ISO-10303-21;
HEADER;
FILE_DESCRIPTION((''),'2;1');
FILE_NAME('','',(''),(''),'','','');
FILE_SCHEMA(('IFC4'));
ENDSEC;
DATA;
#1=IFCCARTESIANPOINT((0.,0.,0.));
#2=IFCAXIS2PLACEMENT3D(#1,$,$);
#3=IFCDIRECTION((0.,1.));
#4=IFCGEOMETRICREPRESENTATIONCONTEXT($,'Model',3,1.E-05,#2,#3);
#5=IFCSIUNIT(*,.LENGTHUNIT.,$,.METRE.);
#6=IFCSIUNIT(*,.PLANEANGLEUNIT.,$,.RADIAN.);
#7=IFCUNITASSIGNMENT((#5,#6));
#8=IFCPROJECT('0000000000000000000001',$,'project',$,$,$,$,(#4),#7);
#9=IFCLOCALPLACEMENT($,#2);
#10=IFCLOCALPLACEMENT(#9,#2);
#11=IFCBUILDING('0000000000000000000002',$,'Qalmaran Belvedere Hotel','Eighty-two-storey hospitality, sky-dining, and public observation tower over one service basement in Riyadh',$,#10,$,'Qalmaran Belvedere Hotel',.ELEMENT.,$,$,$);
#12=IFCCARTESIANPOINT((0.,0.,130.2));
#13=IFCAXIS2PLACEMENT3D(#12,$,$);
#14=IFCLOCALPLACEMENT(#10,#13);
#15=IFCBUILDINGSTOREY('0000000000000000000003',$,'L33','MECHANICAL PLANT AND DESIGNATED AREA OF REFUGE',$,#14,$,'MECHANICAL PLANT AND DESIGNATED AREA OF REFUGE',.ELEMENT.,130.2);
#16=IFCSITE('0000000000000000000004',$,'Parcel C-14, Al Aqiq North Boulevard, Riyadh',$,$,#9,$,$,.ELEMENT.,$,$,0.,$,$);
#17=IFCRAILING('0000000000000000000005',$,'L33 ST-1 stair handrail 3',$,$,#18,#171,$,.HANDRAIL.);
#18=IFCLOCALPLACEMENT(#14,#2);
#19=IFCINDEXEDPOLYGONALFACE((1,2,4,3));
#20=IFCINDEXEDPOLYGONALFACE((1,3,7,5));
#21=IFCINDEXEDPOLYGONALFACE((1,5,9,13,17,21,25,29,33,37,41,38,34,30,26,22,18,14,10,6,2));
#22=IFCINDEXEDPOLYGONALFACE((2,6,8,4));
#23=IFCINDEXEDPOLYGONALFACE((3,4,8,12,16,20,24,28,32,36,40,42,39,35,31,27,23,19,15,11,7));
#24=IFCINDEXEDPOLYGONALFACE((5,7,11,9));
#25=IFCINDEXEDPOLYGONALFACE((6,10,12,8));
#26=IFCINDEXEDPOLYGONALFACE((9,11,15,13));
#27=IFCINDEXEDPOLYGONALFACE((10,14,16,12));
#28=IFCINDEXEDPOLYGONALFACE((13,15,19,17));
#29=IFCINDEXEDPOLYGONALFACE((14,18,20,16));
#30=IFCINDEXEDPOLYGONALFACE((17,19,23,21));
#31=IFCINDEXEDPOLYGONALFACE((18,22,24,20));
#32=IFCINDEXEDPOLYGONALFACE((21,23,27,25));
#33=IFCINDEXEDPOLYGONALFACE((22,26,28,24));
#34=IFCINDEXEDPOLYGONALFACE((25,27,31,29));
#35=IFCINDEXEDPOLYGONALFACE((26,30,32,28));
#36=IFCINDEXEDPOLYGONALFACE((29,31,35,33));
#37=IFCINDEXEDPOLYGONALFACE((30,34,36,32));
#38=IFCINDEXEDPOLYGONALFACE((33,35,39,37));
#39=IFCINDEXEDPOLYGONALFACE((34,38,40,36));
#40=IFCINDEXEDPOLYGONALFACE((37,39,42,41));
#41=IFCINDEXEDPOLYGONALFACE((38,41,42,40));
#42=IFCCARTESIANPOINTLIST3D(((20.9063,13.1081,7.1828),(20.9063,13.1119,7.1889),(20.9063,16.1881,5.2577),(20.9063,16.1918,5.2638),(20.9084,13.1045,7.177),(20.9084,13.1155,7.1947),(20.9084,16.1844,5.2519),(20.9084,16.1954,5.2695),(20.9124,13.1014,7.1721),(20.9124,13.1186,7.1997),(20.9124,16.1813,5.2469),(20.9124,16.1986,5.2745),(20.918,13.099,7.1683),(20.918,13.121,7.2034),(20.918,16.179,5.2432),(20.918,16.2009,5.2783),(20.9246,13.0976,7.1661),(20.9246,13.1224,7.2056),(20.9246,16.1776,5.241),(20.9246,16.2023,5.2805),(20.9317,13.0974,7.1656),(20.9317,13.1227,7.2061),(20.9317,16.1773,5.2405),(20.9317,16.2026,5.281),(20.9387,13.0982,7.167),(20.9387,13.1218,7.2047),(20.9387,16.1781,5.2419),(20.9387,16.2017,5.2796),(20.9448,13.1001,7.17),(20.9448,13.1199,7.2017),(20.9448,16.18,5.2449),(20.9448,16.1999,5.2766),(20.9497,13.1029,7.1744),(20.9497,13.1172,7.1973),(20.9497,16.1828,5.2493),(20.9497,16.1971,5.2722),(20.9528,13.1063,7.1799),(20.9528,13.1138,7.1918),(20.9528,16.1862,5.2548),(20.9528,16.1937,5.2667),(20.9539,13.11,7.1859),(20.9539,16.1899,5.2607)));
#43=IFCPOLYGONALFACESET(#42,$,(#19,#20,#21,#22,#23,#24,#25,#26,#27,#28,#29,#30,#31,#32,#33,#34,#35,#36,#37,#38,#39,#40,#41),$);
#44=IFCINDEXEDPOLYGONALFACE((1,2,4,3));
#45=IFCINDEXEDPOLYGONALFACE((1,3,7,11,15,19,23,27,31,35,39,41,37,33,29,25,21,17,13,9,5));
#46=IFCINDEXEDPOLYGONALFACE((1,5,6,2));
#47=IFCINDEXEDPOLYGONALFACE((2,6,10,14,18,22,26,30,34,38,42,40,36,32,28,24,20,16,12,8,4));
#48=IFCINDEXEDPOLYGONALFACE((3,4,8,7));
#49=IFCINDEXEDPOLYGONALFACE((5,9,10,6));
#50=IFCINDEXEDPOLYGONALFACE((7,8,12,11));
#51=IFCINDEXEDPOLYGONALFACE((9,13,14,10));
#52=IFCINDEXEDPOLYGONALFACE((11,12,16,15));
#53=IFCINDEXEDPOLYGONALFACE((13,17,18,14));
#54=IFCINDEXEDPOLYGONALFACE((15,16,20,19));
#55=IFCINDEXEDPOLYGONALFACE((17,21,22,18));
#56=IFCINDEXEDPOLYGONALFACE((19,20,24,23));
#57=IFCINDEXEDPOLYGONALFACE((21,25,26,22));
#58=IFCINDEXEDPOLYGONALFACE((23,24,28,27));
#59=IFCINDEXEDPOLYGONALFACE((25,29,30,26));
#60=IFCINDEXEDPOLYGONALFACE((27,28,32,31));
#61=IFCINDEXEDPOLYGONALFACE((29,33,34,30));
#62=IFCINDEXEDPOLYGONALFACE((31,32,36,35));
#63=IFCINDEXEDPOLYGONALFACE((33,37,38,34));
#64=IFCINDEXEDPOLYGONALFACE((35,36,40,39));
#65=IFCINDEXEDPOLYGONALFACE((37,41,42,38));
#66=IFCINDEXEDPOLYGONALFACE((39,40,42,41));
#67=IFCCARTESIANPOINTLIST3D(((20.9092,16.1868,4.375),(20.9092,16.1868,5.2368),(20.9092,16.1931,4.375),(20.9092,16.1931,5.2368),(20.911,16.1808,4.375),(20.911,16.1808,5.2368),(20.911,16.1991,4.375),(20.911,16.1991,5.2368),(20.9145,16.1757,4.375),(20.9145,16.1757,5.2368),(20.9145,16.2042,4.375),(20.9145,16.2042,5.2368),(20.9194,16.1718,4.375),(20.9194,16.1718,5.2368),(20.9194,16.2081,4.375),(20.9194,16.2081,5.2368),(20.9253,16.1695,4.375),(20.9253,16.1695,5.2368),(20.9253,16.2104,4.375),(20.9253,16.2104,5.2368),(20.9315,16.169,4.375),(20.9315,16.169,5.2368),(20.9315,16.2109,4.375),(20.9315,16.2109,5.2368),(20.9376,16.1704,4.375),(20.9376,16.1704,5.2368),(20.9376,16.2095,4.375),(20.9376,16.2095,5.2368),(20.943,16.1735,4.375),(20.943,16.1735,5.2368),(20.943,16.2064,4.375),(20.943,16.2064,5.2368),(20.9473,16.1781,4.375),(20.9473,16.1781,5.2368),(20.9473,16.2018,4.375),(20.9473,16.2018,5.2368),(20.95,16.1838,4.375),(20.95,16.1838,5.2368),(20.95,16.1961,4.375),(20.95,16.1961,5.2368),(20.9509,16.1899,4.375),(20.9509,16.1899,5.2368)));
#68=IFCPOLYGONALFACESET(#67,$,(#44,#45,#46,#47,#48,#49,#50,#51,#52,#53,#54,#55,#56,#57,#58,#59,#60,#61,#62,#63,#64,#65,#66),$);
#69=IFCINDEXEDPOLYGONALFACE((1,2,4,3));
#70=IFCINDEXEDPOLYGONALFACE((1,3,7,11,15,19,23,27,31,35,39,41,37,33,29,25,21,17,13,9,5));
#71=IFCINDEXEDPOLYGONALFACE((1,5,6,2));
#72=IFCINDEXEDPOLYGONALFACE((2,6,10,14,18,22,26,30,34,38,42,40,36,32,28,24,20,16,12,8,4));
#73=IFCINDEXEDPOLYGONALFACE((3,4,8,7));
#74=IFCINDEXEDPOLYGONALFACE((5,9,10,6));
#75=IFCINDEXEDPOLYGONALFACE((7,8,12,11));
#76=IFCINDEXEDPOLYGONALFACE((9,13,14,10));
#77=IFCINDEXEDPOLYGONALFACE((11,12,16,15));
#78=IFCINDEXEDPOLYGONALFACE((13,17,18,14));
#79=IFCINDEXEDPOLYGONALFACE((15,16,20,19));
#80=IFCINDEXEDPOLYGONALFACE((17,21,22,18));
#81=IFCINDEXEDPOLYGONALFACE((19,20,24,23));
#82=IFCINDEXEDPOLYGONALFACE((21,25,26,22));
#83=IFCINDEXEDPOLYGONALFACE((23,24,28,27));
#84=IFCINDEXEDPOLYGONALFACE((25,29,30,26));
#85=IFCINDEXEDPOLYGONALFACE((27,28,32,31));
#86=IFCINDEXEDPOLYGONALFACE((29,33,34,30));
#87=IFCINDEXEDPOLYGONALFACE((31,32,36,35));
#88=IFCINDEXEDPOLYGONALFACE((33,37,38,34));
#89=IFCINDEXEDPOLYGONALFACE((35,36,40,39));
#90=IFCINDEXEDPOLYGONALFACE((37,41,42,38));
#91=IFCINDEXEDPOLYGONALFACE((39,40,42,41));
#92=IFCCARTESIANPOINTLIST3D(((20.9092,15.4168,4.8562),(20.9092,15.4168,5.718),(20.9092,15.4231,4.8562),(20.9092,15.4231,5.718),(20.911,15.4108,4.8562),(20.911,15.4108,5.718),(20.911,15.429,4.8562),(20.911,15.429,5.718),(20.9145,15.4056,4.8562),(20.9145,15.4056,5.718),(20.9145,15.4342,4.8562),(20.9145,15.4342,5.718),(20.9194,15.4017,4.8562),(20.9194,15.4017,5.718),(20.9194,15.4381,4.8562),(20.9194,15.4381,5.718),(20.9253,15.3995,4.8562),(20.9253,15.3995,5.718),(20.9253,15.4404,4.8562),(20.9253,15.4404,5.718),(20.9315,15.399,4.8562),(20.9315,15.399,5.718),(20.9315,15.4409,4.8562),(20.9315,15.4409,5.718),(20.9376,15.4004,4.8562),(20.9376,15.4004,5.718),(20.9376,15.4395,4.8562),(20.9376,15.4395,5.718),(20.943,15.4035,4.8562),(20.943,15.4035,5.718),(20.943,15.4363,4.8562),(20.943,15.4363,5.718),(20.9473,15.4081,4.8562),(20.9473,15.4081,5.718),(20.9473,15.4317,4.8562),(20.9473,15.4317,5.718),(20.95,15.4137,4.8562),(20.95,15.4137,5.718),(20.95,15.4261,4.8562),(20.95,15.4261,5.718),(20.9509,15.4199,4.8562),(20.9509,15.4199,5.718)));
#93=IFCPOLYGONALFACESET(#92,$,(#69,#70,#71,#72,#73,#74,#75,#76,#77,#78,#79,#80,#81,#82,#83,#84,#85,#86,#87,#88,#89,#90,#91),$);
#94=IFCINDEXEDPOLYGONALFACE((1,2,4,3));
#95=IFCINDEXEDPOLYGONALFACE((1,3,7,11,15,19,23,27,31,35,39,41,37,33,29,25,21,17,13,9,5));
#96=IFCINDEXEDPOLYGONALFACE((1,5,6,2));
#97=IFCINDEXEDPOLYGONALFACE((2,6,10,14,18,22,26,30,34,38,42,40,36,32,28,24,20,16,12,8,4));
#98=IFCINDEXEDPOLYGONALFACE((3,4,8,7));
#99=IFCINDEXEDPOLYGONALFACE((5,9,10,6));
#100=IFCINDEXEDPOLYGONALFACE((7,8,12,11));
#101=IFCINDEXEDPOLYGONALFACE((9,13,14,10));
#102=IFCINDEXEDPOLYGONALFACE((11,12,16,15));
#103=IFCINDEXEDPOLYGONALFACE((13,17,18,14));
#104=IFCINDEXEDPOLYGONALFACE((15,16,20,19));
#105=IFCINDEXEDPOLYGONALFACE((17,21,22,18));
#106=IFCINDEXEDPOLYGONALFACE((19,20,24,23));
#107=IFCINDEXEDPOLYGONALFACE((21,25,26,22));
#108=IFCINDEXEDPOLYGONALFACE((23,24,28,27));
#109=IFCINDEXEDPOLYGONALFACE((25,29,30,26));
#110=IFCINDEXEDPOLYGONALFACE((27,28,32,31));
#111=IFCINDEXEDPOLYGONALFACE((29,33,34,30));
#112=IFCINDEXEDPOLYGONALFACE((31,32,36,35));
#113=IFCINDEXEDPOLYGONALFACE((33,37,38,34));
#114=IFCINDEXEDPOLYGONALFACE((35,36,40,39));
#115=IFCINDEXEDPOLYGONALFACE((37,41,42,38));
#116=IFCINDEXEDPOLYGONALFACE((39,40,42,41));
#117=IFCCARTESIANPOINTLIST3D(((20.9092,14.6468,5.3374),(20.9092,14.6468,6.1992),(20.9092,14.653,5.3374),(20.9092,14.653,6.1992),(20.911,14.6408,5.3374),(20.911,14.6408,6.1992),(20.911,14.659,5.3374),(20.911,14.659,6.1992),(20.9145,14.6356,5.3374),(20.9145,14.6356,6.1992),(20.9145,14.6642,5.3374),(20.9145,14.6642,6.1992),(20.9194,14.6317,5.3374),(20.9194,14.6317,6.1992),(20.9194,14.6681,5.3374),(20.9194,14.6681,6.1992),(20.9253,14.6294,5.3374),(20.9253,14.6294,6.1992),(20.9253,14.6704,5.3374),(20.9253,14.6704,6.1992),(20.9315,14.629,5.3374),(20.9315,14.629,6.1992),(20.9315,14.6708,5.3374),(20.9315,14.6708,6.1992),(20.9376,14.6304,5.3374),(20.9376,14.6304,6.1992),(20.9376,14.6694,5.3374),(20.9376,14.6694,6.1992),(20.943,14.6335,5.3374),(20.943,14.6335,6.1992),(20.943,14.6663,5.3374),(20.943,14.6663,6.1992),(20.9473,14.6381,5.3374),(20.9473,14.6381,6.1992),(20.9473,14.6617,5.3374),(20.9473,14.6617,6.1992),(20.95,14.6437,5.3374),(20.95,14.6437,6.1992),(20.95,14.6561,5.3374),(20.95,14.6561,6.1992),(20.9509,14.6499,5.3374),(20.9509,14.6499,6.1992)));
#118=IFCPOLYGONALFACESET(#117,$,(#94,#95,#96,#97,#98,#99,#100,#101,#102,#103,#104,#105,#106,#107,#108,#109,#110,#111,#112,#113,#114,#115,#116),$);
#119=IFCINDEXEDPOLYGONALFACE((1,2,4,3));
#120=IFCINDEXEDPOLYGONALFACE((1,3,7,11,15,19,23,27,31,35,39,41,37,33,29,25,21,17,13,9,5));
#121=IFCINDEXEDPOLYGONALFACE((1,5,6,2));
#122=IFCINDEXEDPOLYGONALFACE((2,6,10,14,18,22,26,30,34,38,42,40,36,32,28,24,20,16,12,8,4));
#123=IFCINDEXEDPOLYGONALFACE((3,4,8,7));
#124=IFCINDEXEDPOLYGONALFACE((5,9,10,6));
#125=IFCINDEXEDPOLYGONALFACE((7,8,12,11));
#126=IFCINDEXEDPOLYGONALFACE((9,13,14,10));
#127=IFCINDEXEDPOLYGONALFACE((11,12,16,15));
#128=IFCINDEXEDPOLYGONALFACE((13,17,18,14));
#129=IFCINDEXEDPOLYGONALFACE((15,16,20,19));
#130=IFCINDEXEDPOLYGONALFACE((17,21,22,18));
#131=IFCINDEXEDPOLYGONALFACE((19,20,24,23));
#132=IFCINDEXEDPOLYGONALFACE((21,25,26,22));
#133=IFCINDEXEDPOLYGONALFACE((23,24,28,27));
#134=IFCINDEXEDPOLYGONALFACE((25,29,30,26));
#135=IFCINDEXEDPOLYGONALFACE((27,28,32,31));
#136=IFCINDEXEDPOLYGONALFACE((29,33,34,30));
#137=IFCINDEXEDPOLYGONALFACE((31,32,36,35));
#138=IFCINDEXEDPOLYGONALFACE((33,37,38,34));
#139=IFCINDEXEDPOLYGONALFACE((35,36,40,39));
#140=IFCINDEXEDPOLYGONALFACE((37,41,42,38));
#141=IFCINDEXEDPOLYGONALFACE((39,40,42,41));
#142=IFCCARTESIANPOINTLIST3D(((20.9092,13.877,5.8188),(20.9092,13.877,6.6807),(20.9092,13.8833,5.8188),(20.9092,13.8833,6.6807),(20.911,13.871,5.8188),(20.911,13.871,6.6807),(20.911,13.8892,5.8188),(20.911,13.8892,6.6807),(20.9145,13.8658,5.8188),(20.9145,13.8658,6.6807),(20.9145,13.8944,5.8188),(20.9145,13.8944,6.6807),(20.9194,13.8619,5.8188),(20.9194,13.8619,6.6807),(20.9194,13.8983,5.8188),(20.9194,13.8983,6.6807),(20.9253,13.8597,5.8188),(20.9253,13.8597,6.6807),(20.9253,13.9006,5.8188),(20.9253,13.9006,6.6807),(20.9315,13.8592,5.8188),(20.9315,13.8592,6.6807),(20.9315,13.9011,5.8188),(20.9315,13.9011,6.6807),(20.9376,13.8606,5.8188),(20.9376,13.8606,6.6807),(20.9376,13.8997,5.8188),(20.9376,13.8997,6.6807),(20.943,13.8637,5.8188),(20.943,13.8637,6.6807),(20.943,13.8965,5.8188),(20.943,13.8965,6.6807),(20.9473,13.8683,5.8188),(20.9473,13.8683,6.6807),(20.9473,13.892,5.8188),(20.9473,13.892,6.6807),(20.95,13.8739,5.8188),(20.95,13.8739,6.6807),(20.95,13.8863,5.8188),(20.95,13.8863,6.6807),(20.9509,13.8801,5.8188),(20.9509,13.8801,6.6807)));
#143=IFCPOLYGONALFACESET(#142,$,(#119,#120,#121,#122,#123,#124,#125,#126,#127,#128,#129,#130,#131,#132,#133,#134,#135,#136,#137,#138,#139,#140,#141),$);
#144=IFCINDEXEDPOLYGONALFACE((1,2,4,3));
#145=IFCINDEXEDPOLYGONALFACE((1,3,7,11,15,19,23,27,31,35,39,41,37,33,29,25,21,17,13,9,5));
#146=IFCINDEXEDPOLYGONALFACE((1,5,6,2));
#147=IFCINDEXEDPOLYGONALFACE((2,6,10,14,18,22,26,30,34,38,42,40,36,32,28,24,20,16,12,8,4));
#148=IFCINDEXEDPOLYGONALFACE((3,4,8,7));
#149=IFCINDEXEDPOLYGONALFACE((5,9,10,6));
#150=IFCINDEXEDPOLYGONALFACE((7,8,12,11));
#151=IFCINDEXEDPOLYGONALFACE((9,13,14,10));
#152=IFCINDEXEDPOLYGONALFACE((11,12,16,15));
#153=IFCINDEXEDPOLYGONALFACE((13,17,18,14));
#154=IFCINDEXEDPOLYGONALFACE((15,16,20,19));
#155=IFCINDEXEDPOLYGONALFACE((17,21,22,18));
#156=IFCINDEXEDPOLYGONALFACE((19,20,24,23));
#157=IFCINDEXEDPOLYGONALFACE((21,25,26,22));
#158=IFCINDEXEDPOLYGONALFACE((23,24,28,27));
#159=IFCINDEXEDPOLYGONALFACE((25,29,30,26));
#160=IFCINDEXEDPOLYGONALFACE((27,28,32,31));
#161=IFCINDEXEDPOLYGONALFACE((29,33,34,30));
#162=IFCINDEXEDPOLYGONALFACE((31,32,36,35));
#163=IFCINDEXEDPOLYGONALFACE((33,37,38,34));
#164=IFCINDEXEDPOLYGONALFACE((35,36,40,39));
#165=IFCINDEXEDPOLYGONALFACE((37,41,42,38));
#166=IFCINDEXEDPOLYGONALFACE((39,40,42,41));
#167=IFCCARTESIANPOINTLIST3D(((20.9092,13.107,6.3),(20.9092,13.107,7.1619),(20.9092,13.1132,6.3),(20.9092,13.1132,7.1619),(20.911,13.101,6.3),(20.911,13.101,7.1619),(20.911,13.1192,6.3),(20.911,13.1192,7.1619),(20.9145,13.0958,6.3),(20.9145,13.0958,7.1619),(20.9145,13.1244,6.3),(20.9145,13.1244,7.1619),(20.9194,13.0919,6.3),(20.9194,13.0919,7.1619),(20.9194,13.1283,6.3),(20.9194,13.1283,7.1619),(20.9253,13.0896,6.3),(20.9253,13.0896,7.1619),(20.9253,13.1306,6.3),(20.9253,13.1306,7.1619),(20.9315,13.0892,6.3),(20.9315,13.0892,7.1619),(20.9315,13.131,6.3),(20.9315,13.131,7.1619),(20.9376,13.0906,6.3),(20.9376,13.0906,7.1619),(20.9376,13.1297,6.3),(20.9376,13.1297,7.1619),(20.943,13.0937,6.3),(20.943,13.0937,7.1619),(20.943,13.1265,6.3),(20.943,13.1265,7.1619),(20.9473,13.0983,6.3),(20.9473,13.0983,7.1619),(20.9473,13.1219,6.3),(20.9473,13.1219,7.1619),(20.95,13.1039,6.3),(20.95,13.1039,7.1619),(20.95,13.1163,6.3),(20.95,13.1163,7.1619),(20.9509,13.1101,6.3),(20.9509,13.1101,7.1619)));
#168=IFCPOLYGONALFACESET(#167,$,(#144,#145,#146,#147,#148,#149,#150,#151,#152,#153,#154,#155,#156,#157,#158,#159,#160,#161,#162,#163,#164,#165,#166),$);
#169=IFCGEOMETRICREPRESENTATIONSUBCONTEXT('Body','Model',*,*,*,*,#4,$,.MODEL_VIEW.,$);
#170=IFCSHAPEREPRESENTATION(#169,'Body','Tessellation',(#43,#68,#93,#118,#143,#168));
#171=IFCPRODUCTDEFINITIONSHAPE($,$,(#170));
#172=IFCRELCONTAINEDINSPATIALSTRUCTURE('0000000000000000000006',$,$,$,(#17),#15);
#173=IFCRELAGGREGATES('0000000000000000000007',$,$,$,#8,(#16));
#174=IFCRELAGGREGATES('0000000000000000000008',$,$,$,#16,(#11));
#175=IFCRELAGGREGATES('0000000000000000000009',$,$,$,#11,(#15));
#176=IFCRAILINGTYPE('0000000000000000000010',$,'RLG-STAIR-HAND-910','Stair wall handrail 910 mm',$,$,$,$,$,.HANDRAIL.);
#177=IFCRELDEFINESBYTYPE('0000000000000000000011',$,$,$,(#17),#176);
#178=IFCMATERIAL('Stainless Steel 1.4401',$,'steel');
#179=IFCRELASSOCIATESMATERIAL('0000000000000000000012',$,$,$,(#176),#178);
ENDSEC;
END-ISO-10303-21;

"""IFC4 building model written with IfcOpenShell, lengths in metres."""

from ifc_helpers import new_model, si_unit, direction, frame, origin, origin_2d, place, context, subcontext, project, spatial, circle, extrude, material, type_object, element, save


model = new_model("IFC4")

# Units and contexts
model_context = context("Model", 3, precision=1e-05, world=origin(), true_north=direction((0.0, 1.0)))
body_context = subcontext(model_context, "Body", "Model", "MODEL_VIEW")
ifc_project = project(units=[si_unit("LENGTHUNIT", "METRE"), si_unit("PLANEANGLEUNIT", "RADIAN")], contexts=[model_context])

# Site, building, storey
site_placement = place(None, origin())
site = spatial("IfcSite", under=ifc_project, at=site_placement, Name="Parcel C-14, Al Aqiq North Boulevard, Riyadh", CompositionType="ELEMENT", RefElevation=0.0)
building_placement = place(site_placement, origin())
building = spatial("IfcBuilding", under=site, at=building_placement, Name="Qalmaran Belvedere Hotel", Description="Eighty-two-storey hospitality, sky-dining, and public observation tower over one service basement in Riyadh", LongName="Qalmaran Belvedere Hotel", CompositionType="ELEMENT")
storey_placement = place(building_placement, frame((0.0, 0.0, 130.2)))
storey = spatial("IfcBuildingStorey", under=building, at=storey_placement, Name="L33", Description="MECHANICAL PLANT AND DESIGNATED AREA OF REFUGE", LongName="MECHANICAL PLANT AND DESIGNATED AREA OF REFUGE", CompositionType="ELEMENT", Elevation=130.2)

# Railing
ifc_material_1 = material(Name="Stainless Steel 1.4401", Category="steel")
railing_type_1 = type_object("IfcRailingType", Name="RLG-STAIR-HAND-910", Description="Stair wall handrail 910 mm", PredefinedType="HANDRAIL", material=ifc_material_1)
railing_1_placement = place(storey_placement, frame((20.9299, 16.1899, 4.375)))
element("IfcRailing", 1, at=railing_1_placement, inside=storey, type_object=railing_type_1, Name="L33 ST-1 stair handrail 3", PredefinedType="HANDRAIL", context=body_context, shape_type="SweptSolid", body=[
    extrude(circle(Radius=0.0239, at=origin_2d()), frame((0.0, 0.0, 0.8857), z_axis=(0.0, -0.847979, 0.530029), x_axis=(1.0, 0.0, 0.0)), (0.0, 0.0, 1.0), 3.6321),
    extrude(circle(Radius=0.021, at=origin_2d()), origin(), (0.0, 0.0, 1.0), 0.8618),
    extrude(circle(Radius=0.021, at=origin_2d()), frame((0.0, -0.77, 0.4812)), (0.0, 0.0, 1.0), 0.8618),
    extrude(circle(Radius=0.021, at=origin_2d()), frame((0.0, -1.54, 0.9624)), (0.0, 0.0, 1.0), 0.8618),
    extrude(circle(Radius=0.021, at=origin_2d()), frame((0.0, -2.3098, 1.4438)), (0.0, 0.0, 1.0), 0.8618),
    extrude(circle(Radius=0.021, at=origin_2d()), frame((0.0, -3.0798, 1.925)), (0.0, 0.0, 1.0), 0.8618),
])

save(model, "model.ifc")
